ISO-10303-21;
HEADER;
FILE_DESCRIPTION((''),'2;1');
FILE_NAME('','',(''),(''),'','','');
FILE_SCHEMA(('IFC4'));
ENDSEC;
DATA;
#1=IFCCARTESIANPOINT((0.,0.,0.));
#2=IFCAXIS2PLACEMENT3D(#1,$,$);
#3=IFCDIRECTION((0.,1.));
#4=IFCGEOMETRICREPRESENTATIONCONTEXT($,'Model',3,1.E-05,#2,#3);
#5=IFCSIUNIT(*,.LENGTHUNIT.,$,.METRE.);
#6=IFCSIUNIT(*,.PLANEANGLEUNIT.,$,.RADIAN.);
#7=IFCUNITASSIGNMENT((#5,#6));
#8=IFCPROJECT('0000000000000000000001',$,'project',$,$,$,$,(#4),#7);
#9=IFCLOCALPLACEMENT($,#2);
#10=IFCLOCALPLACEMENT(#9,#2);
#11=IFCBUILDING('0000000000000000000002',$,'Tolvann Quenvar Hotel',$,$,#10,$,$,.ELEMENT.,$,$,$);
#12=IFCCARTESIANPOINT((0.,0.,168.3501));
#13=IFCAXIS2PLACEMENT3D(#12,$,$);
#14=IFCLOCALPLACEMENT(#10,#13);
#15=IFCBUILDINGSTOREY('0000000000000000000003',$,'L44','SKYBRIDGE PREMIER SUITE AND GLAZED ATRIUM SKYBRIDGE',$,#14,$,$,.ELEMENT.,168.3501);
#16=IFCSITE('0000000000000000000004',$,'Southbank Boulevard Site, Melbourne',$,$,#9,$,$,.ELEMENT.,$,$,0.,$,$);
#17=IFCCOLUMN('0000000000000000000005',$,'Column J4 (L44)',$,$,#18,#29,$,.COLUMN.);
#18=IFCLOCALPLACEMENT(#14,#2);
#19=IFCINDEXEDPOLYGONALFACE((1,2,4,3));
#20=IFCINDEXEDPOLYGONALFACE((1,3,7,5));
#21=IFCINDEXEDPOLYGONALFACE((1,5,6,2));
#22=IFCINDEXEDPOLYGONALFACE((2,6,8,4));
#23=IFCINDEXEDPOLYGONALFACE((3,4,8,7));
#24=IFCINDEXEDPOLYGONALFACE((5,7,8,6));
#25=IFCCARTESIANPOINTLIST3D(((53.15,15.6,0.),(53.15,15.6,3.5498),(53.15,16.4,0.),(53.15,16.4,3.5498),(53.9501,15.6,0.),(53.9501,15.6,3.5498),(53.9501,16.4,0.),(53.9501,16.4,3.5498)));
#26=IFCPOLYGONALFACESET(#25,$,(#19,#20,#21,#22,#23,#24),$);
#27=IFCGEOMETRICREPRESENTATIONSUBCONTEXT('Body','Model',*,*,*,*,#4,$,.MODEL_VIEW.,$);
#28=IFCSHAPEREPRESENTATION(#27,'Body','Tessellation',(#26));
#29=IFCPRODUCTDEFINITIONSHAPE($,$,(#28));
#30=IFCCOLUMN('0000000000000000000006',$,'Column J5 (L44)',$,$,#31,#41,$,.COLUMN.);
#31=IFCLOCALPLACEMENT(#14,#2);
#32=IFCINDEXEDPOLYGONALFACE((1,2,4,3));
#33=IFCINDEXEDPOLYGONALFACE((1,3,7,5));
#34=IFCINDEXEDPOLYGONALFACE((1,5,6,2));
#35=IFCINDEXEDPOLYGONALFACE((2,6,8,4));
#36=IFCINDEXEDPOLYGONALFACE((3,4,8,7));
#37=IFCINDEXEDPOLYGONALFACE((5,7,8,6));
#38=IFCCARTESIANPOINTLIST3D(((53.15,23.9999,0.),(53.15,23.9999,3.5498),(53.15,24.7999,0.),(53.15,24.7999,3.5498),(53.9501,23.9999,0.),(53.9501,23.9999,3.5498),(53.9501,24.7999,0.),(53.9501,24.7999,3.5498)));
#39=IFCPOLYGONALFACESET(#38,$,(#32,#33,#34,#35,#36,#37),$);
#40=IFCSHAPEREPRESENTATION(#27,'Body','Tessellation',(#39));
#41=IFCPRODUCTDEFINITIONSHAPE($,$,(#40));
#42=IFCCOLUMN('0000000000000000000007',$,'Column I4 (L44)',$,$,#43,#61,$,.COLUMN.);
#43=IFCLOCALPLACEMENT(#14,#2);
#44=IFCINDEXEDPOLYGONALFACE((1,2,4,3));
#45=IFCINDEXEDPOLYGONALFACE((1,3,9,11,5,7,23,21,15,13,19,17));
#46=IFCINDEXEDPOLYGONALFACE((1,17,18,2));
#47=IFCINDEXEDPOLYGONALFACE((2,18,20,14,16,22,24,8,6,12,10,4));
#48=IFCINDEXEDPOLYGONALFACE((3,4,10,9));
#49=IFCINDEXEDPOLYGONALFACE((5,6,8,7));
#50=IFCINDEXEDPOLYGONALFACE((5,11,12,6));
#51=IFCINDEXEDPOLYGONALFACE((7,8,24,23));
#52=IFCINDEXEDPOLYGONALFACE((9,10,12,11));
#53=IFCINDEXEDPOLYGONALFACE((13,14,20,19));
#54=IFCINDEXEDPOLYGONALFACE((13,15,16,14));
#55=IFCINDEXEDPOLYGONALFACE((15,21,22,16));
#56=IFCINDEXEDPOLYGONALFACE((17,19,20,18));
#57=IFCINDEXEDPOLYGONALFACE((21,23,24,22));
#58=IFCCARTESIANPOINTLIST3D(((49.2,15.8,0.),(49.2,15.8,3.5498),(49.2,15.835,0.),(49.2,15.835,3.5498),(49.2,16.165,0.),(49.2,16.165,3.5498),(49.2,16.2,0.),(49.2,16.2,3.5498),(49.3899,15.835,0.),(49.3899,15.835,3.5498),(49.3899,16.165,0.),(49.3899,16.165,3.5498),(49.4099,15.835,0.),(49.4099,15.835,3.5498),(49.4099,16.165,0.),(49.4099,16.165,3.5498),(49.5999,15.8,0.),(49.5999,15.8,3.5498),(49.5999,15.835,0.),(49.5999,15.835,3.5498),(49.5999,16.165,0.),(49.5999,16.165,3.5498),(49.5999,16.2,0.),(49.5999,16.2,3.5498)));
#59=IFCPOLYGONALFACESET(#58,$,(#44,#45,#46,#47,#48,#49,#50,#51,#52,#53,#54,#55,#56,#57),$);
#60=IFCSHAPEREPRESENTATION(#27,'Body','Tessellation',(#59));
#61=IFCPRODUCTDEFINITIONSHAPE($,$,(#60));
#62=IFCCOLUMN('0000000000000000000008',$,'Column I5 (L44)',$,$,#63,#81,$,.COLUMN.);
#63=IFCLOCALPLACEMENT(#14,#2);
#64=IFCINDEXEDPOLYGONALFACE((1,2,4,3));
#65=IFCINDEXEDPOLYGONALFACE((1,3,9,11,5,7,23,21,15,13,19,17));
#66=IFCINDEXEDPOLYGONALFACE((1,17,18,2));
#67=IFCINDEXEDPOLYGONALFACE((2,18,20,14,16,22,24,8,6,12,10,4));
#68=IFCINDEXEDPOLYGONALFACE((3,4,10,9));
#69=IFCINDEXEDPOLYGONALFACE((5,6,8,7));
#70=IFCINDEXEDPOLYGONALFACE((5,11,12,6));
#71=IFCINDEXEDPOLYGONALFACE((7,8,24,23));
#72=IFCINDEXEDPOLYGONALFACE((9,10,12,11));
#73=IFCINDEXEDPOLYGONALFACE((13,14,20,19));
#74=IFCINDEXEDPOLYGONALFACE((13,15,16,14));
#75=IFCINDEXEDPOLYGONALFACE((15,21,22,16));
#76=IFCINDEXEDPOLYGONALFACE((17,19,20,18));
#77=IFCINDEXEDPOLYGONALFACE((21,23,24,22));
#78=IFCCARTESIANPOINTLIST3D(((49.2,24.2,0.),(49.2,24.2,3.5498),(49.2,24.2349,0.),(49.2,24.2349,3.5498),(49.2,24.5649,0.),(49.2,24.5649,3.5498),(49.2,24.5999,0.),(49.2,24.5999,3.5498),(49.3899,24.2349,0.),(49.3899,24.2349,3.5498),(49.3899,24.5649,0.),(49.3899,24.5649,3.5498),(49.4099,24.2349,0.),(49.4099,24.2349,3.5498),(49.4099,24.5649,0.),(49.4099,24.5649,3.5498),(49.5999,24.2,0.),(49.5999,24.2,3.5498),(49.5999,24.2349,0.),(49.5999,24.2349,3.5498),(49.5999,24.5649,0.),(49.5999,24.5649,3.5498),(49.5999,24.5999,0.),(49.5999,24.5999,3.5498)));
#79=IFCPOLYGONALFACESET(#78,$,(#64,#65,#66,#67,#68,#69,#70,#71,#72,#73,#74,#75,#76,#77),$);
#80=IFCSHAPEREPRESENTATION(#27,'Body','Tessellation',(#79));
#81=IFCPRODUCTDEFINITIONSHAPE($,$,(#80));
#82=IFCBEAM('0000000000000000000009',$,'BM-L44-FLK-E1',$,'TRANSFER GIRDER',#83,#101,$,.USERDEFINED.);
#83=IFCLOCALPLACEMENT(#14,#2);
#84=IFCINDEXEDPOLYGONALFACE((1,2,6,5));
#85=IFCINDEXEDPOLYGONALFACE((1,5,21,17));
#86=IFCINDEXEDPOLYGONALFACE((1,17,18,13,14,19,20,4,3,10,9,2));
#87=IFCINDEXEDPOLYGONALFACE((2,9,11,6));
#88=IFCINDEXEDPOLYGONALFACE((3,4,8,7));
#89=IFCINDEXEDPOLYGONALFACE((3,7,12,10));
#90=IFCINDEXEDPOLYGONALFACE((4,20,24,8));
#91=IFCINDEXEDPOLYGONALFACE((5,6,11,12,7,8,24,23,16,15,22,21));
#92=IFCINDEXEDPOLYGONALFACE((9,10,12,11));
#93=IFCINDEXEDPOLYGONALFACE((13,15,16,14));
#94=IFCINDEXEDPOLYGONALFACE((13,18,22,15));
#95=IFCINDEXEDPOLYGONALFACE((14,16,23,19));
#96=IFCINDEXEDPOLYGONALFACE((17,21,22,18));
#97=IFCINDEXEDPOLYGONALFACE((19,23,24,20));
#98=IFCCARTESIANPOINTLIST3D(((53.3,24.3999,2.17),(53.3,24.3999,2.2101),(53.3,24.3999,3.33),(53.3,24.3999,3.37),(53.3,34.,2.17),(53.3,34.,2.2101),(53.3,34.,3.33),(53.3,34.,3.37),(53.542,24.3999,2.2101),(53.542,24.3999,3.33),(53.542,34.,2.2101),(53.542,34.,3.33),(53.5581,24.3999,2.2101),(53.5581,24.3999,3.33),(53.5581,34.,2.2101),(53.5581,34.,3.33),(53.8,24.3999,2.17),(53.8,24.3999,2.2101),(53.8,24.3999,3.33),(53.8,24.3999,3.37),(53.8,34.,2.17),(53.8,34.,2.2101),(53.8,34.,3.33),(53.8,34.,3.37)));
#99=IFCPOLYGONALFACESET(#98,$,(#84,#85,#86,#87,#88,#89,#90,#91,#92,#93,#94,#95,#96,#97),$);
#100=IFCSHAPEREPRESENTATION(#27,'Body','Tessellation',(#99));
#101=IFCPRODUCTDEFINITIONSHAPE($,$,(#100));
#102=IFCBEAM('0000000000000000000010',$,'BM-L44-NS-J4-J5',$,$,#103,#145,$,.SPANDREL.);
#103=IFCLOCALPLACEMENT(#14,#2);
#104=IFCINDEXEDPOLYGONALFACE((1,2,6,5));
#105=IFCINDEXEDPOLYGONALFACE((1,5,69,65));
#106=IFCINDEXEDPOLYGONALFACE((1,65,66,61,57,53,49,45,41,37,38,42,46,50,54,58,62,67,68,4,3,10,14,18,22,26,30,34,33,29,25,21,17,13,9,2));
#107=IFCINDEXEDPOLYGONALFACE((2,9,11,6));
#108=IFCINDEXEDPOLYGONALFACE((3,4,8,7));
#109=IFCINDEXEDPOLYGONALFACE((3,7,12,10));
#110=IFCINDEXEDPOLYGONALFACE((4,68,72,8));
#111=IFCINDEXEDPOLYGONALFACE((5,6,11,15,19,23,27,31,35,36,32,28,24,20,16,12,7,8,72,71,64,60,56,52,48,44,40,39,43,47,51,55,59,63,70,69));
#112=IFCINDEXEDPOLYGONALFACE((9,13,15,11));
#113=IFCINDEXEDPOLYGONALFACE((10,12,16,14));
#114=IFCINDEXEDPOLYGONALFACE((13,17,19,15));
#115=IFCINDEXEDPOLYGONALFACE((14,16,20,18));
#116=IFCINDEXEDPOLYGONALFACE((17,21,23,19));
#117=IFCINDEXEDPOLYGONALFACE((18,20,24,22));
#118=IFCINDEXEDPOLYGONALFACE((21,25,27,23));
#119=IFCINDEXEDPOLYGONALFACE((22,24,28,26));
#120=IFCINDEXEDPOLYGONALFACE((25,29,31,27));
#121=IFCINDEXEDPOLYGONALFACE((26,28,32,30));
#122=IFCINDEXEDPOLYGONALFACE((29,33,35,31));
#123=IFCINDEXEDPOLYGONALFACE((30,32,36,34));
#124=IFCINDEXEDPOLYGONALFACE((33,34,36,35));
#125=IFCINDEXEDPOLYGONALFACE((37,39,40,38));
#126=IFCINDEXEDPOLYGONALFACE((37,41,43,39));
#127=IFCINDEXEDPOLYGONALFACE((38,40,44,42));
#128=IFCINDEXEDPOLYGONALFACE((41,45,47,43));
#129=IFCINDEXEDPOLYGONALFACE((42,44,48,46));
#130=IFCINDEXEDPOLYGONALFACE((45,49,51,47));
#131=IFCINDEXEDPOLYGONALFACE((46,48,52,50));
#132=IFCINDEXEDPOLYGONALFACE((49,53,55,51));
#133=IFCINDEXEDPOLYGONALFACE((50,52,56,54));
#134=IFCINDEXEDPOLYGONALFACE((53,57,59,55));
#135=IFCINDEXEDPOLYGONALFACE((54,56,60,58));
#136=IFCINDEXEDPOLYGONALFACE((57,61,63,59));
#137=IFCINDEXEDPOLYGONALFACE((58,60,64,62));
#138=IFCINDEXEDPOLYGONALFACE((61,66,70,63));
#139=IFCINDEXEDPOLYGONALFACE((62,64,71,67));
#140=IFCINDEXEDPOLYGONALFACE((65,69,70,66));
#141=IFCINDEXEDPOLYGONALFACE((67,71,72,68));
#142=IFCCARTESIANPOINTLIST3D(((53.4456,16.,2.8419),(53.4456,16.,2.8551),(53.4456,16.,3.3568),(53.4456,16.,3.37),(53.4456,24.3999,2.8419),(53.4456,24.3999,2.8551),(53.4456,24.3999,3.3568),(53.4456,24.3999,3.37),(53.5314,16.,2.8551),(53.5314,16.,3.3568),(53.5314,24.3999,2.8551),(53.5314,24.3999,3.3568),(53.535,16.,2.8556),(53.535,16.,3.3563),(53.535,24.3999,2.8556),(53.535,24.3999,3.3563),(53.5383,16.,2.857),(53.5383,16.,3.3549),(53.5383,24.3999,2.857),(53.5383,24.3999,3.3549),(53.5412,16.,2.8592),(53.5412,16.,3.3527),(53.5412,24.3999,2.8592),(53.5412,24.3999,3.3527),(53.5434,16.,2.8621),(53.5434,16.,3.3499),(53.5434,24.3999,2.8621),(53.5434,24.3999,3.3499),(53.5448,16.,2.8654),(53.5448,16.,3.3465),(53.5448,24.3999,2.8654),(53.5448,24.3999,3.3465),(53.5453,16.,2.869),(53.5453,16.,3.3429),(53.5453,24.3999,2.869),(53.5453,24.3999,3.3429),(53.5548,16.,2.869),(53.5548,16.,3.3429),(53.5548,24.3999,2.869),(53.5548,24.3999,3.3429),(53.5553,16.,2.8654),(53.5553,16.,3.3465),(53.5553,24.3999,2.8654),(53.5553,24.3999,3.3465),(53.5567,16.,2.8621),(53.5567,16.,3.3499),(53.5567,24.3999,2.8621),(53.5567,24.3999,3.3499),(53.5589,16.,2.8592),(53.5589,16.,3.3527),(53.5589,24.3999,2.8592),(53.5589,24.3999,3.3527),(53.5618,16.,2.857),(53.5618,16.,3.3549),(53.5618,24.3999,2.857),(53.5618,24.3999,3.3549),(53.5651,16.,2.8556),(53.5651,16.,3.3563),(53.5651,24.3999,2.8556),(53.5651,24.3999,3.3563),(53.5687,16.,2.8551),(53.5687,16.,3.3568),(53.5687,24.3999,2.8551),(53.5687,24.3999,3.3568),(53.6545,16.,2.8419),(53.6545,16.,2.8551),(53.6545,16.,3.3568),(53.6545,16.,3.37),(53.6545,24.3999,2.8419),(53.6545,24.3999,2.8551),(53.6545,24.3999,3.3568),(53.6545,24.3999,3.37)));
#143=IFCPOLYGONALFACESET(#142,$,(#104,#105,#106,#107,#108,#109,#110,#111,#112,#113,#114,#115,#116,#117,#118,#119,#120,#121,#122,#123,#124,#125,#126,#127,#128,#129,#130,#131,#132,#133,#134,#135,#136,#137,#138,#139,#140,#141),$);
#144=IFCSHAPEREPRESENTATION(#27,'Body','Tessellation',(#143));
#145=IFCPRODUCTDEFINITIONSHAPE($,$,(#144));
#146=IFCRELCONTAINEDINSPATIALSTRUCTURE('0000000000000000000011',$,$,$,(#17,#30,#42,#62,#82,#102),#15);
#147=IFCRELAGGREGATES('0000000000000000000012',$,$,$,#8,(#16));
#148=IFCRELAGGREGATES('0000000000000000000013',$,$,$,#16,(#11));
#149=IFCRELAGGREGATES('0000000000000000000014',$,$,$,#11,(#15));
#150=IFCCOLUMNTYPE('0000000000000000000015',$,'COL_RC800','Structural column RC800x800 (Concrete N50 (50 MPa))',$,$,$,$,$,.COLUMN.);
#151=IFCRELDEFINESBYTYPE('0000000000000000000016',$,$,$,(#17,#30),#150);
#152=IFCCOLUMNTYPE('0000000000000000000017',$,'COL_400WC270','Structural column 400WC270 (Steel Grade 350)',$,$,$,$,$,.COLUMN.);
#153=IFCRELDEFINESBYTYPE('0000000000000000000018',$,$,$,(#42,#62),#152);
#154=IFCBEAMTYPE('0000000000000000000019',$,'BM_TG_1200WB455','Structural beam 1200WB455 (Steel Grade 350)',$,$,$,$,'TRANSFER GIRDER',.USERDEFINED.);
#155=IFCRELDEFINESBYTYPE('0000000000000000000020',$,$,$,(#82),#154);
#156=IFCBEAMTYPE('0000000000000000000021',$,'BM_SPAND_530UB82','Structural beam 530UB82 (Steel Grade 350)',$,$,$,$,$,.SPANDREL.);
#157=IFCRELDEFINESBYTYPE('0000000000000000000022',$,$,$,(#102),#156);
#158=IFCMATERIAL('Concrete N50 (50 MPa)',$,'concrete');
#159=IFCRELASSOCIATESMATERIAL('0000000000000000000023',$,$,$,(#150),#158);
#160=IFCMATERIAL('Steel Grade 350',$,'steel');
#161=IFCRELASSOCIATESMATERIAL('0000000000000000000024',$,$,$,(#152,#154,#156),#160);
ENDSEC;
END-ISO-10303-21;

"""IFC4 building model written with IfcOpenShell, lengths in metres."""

from ifc_helpers import new_model, si_unit, direction, frame, origin, origin_2d, place, context, subcontext, project, spatial, rectangle, i_section, extrude, source, transform, mapped, material, material_profile, profile_set, type_object, type_shapes, element, save


model = new_model("IFC4")

# Units and contexts
model_context = context("Model", 3, precision=1e-05, world=origin(), true_north=direction((0.0, 1.0)))
body_context = subcontext(model_context, "Body", "Model", "MODEL_VIEW")
ifc_project = project(units=[si_unit("LENGTHUNIT", "METRE"), si_unit("PLANEANGLEUNIT", "RADIAN")], contexts=[model_context])

# Site, building, storey
site_placement = place(None, origin())
site = spatial("IfcSite", under=ifc_project, at=site_placement, Name="Southbank Boulevard Site, Melbourne", CompositionType="ELEMENT", RefElevation=0.0)
building_placement = place(site_placement, origin())
building = spatial("IfcBuilding", under=site, at=building_placement, Name="Tolvann Quenvar Hotel", CompositionType="ELEMENT")
storey_placement = place(building_placement, frame((0.0, 0.0, 168.3501)))
storey = spatial("IfcBuildingStorey", under=building, at=storey_placement, Name="L44", Description="SKYBRIDGE PREMIER SUITE AND GLAZED ATRIUM SKYBRIDGE", CompositionType="ELEMENT", Elevation=168.3501)

# Columns
ifc_material_1 = material(Name="Concrete N50 (50 MPa)", Category="concrete")
ifc_material_profile_1 = material_profile(ifc_material_1, rectangle(XDim=0.8, YDim=0.8, at=origin_2d()), Name="RC800x800")
ifc_profile_set_1 = profile_set([ifc_material_profile_1], Name="Concrete N50 (50 MPa)")
column_type_1 = type_object("IfcColumnType", Name="COL_RC800", Description="Structural column RC800x800 (Concrete N50 (50 MPa))", PredefinedType="COLUMN", material=ifc_profile_set_1)
shared_shape_1 = source(origin(), body_context, "Body", "SweptSolid", [
    extrude(rectangle(XDim=0.8, YDim=0.8, at=origin_2d()), origin(), (0.0, 0.0, 1.0), 3.5498),
])
type_shapes(column_type_1, [shared_shape_1])
for number, where, z_axis, x_axis, name in (
    (1, (53.55, 16.0, 0.0), (0.0, 0.0, 1.0), (1.0, 0.0, 0.0), "Column J4 (L44)"),
    (2, (53.55, 24.3999, 0.0), (0.0, 0.0, 1.0), (1.0, 0.0, 0.0), "Column J5 (L44)"),
):
    element("IfcColumn", number, at=place(storey_placement, frame(where, z_axis=z_axis, x_axis=x_axis)), inside=storey, type_object=column_type_1, Name=name, PredefinedType="COLUMN", context=body_context, shape_type="MappedRepresentation", body=[
        mapped(shared_shape_1, transform((0.0, 0.0, 0.0), x_axis=(1.0, 0.0, 0.0), y_axis=(0.0, 1.0, 0.0), z_axis=(0.0, 0.0, 1.0), scale=1.0)),
    ])
ifc_material_2 = material(Name="Steel Grade 350", Category="steel")
ifc_material_profile_2 = material_profile(ifc_material_2, i_section(OverallWidth=0.3999, OverallDepth=0.3999, WebThickness=0.02, FlangeThickness=0.0349, at=origin_2d()), Name="400WC270")
ifc_profile_set_2 = profile_set([ifc_material_profile_2], Name="Steel Grade 350")
column_type_2 = type_object("IfcColumnType", Name="COL_400WC270", Description="Structural column 400WC270 (Steel Grade 350)", PredefinedType="COLUMN", material=ifc_profile_set_2)
shared_shape_2 = source(origin(), body_context, "Body", "SweptSolid", [
    extrude(i_section(OverallWidth=0.3999, OverallDepth=0.3999, WebThickness=0.02, FlangeThickness=0.0349, at=origin_2d()), origin(), (0.0, 0.0, 1.0), 3.5498),
])
type_shapes(column_type_2, [shared_shape_2])
for number, where, z_axis, x_axis, name in (
    (3, (49.3999, 16.0, 0.0), (0.0, 0.0, 1.0), (1.0, 0.0, 0.0), "Column I4 (L44)"),
    (4, (49.3999, 24.3999, 0.0), (0.0, 0.0, 1.0), (1.0, 0.0, 0.0), "Column I5 (L44)"),
):
    element("IfcColumn", number, at=place(storey_placement, frame(where, z_axis=z_axis, x_axis=x_axis)), inside=storey, type_object=column_type_2, Name=name, PredefinedType="COLUMN", context=body_context, shape_type="MappedRepresentation", body=[
        mapped(shared_shape_2, transform((0.0, 0.0, 0.0), x_axis=(1.0, 0.0, 0.0), y_axis=(0.0, 1.0, 0.0), z_axis=(0.0, 0.0, 1.0), scale=1.0)),
    ])

# Beams
ifc_material_profile_3 = material_profile(ifc_material_2, i_section(OverallWidth=0.5, OverallDepth=1.2, WebThickness=0.0161, FlangeThickness=0.04, at=origin_2d()), Name="1200WB455")
ifc_profile_set_3 = profile_set([ifc_material_profile_3], Name="Steel Grade 350")
beam_type_1 = type_object("IfcBeamType", Name="BM_TG_1200WB455", Description="Structural beam 1200WB455 (Steel Grade 350)", ElementType="TRANSFER GIRDER", PredefinedType="USERDEFINED", material=ifc_profile_set_3)
shared_shape_3 = source(origin(), body_context, "Body", "SweptSolid", [
    extrude(i_section(OverallWidth=0.5, OverallDepth=1.2, WebThickness=0.0161, FlangeThickness=0.04, at=origin_2d()), origin(), (0.0, 0.0, 1.0), 9.6001),
])
beam_1_placement = place(storey_placement, frame((53.55, 24.3999, 2.77), z_axis=(0.0, 1.0, 0.0), x_axis=(-1.0, 0.0, 0.0)))
element("IfcBeam", 5, at=beam_1_placement, inside=storey, type_object=beam_type_1, Name="BM-L44-FLK-E1", ObjectType="TRANSFER GIRDER", PredefinedType="USERDEFINED", context=body_context, shape_type="MappedRepresentation", body=[
    mapped(shared_shape_3, transform((0.0, 0.0, 0.0), x_axis=(1.0, 0.0, 0.0), y_axis=(0.0, 1.0, 0.0), z_axis=(0.0, 0.0, 1.0), scale=1.0)),
])
ifc_material_profile_4 = material_profile(ifc_material_2, i_section(OverallWidth=0.209, OverallDepth=0.5281, WebThickness=0.0095, FlangeThickness=0.0132, FilletRadius=0.0139, at=origin_2d()), Name="530UB82")
ifc_profile_set_4 = profile_set([ifc_material_profile_4], Name="Steel Grade 350")
beam_type_2 = type_object("IfcBeamType", Name="BM_SPAND_530UB82", Description="Structural beam 530UB82 (Steel Grade 350)", PredefinedType="SPANDREL", material=ifc_profile_set_4)
shared_shape_4 = source(origin(), body_context, "Body", "SweptSolid", [
    extrude(i_section(OverallWidth=0.209, OverallDepth=0.5281, WebThickness=0.0095, FlangeThickness=0.0132, FilletRadius=0.0139, at=origin_2d()), origin(), (0.0, 0.0, 1.0), 8.3999),
])
type_shapes(beam_type_2, [shared_shape_4])
beam_2_placement = place(storey_placement, frame((53.55, 16.0, 3.106), z_axis=(0.0, 1.0, 0.0), x_axis=(-1.0, 0.0, 0.0)))
element("IfcBeam", 6, at=beam_2_placement, inside=storey, type_object=beam_type_2, Name="BM-L44-NS-J4-J5", PredefinedType="SPANDREL", context=body_context, shape_type="MappedRepresentation", body=[
    mapped(shared_shape_4, transform((0.0, 0.0, 0.0), x_axis=(1.0, 0.0, 0.0), y_axis=(0.0, 1.0, 0.0), z_axis=(0.0, 0.0, 1.0), scale=1.0)),
])

save(model, "model.ifc")
